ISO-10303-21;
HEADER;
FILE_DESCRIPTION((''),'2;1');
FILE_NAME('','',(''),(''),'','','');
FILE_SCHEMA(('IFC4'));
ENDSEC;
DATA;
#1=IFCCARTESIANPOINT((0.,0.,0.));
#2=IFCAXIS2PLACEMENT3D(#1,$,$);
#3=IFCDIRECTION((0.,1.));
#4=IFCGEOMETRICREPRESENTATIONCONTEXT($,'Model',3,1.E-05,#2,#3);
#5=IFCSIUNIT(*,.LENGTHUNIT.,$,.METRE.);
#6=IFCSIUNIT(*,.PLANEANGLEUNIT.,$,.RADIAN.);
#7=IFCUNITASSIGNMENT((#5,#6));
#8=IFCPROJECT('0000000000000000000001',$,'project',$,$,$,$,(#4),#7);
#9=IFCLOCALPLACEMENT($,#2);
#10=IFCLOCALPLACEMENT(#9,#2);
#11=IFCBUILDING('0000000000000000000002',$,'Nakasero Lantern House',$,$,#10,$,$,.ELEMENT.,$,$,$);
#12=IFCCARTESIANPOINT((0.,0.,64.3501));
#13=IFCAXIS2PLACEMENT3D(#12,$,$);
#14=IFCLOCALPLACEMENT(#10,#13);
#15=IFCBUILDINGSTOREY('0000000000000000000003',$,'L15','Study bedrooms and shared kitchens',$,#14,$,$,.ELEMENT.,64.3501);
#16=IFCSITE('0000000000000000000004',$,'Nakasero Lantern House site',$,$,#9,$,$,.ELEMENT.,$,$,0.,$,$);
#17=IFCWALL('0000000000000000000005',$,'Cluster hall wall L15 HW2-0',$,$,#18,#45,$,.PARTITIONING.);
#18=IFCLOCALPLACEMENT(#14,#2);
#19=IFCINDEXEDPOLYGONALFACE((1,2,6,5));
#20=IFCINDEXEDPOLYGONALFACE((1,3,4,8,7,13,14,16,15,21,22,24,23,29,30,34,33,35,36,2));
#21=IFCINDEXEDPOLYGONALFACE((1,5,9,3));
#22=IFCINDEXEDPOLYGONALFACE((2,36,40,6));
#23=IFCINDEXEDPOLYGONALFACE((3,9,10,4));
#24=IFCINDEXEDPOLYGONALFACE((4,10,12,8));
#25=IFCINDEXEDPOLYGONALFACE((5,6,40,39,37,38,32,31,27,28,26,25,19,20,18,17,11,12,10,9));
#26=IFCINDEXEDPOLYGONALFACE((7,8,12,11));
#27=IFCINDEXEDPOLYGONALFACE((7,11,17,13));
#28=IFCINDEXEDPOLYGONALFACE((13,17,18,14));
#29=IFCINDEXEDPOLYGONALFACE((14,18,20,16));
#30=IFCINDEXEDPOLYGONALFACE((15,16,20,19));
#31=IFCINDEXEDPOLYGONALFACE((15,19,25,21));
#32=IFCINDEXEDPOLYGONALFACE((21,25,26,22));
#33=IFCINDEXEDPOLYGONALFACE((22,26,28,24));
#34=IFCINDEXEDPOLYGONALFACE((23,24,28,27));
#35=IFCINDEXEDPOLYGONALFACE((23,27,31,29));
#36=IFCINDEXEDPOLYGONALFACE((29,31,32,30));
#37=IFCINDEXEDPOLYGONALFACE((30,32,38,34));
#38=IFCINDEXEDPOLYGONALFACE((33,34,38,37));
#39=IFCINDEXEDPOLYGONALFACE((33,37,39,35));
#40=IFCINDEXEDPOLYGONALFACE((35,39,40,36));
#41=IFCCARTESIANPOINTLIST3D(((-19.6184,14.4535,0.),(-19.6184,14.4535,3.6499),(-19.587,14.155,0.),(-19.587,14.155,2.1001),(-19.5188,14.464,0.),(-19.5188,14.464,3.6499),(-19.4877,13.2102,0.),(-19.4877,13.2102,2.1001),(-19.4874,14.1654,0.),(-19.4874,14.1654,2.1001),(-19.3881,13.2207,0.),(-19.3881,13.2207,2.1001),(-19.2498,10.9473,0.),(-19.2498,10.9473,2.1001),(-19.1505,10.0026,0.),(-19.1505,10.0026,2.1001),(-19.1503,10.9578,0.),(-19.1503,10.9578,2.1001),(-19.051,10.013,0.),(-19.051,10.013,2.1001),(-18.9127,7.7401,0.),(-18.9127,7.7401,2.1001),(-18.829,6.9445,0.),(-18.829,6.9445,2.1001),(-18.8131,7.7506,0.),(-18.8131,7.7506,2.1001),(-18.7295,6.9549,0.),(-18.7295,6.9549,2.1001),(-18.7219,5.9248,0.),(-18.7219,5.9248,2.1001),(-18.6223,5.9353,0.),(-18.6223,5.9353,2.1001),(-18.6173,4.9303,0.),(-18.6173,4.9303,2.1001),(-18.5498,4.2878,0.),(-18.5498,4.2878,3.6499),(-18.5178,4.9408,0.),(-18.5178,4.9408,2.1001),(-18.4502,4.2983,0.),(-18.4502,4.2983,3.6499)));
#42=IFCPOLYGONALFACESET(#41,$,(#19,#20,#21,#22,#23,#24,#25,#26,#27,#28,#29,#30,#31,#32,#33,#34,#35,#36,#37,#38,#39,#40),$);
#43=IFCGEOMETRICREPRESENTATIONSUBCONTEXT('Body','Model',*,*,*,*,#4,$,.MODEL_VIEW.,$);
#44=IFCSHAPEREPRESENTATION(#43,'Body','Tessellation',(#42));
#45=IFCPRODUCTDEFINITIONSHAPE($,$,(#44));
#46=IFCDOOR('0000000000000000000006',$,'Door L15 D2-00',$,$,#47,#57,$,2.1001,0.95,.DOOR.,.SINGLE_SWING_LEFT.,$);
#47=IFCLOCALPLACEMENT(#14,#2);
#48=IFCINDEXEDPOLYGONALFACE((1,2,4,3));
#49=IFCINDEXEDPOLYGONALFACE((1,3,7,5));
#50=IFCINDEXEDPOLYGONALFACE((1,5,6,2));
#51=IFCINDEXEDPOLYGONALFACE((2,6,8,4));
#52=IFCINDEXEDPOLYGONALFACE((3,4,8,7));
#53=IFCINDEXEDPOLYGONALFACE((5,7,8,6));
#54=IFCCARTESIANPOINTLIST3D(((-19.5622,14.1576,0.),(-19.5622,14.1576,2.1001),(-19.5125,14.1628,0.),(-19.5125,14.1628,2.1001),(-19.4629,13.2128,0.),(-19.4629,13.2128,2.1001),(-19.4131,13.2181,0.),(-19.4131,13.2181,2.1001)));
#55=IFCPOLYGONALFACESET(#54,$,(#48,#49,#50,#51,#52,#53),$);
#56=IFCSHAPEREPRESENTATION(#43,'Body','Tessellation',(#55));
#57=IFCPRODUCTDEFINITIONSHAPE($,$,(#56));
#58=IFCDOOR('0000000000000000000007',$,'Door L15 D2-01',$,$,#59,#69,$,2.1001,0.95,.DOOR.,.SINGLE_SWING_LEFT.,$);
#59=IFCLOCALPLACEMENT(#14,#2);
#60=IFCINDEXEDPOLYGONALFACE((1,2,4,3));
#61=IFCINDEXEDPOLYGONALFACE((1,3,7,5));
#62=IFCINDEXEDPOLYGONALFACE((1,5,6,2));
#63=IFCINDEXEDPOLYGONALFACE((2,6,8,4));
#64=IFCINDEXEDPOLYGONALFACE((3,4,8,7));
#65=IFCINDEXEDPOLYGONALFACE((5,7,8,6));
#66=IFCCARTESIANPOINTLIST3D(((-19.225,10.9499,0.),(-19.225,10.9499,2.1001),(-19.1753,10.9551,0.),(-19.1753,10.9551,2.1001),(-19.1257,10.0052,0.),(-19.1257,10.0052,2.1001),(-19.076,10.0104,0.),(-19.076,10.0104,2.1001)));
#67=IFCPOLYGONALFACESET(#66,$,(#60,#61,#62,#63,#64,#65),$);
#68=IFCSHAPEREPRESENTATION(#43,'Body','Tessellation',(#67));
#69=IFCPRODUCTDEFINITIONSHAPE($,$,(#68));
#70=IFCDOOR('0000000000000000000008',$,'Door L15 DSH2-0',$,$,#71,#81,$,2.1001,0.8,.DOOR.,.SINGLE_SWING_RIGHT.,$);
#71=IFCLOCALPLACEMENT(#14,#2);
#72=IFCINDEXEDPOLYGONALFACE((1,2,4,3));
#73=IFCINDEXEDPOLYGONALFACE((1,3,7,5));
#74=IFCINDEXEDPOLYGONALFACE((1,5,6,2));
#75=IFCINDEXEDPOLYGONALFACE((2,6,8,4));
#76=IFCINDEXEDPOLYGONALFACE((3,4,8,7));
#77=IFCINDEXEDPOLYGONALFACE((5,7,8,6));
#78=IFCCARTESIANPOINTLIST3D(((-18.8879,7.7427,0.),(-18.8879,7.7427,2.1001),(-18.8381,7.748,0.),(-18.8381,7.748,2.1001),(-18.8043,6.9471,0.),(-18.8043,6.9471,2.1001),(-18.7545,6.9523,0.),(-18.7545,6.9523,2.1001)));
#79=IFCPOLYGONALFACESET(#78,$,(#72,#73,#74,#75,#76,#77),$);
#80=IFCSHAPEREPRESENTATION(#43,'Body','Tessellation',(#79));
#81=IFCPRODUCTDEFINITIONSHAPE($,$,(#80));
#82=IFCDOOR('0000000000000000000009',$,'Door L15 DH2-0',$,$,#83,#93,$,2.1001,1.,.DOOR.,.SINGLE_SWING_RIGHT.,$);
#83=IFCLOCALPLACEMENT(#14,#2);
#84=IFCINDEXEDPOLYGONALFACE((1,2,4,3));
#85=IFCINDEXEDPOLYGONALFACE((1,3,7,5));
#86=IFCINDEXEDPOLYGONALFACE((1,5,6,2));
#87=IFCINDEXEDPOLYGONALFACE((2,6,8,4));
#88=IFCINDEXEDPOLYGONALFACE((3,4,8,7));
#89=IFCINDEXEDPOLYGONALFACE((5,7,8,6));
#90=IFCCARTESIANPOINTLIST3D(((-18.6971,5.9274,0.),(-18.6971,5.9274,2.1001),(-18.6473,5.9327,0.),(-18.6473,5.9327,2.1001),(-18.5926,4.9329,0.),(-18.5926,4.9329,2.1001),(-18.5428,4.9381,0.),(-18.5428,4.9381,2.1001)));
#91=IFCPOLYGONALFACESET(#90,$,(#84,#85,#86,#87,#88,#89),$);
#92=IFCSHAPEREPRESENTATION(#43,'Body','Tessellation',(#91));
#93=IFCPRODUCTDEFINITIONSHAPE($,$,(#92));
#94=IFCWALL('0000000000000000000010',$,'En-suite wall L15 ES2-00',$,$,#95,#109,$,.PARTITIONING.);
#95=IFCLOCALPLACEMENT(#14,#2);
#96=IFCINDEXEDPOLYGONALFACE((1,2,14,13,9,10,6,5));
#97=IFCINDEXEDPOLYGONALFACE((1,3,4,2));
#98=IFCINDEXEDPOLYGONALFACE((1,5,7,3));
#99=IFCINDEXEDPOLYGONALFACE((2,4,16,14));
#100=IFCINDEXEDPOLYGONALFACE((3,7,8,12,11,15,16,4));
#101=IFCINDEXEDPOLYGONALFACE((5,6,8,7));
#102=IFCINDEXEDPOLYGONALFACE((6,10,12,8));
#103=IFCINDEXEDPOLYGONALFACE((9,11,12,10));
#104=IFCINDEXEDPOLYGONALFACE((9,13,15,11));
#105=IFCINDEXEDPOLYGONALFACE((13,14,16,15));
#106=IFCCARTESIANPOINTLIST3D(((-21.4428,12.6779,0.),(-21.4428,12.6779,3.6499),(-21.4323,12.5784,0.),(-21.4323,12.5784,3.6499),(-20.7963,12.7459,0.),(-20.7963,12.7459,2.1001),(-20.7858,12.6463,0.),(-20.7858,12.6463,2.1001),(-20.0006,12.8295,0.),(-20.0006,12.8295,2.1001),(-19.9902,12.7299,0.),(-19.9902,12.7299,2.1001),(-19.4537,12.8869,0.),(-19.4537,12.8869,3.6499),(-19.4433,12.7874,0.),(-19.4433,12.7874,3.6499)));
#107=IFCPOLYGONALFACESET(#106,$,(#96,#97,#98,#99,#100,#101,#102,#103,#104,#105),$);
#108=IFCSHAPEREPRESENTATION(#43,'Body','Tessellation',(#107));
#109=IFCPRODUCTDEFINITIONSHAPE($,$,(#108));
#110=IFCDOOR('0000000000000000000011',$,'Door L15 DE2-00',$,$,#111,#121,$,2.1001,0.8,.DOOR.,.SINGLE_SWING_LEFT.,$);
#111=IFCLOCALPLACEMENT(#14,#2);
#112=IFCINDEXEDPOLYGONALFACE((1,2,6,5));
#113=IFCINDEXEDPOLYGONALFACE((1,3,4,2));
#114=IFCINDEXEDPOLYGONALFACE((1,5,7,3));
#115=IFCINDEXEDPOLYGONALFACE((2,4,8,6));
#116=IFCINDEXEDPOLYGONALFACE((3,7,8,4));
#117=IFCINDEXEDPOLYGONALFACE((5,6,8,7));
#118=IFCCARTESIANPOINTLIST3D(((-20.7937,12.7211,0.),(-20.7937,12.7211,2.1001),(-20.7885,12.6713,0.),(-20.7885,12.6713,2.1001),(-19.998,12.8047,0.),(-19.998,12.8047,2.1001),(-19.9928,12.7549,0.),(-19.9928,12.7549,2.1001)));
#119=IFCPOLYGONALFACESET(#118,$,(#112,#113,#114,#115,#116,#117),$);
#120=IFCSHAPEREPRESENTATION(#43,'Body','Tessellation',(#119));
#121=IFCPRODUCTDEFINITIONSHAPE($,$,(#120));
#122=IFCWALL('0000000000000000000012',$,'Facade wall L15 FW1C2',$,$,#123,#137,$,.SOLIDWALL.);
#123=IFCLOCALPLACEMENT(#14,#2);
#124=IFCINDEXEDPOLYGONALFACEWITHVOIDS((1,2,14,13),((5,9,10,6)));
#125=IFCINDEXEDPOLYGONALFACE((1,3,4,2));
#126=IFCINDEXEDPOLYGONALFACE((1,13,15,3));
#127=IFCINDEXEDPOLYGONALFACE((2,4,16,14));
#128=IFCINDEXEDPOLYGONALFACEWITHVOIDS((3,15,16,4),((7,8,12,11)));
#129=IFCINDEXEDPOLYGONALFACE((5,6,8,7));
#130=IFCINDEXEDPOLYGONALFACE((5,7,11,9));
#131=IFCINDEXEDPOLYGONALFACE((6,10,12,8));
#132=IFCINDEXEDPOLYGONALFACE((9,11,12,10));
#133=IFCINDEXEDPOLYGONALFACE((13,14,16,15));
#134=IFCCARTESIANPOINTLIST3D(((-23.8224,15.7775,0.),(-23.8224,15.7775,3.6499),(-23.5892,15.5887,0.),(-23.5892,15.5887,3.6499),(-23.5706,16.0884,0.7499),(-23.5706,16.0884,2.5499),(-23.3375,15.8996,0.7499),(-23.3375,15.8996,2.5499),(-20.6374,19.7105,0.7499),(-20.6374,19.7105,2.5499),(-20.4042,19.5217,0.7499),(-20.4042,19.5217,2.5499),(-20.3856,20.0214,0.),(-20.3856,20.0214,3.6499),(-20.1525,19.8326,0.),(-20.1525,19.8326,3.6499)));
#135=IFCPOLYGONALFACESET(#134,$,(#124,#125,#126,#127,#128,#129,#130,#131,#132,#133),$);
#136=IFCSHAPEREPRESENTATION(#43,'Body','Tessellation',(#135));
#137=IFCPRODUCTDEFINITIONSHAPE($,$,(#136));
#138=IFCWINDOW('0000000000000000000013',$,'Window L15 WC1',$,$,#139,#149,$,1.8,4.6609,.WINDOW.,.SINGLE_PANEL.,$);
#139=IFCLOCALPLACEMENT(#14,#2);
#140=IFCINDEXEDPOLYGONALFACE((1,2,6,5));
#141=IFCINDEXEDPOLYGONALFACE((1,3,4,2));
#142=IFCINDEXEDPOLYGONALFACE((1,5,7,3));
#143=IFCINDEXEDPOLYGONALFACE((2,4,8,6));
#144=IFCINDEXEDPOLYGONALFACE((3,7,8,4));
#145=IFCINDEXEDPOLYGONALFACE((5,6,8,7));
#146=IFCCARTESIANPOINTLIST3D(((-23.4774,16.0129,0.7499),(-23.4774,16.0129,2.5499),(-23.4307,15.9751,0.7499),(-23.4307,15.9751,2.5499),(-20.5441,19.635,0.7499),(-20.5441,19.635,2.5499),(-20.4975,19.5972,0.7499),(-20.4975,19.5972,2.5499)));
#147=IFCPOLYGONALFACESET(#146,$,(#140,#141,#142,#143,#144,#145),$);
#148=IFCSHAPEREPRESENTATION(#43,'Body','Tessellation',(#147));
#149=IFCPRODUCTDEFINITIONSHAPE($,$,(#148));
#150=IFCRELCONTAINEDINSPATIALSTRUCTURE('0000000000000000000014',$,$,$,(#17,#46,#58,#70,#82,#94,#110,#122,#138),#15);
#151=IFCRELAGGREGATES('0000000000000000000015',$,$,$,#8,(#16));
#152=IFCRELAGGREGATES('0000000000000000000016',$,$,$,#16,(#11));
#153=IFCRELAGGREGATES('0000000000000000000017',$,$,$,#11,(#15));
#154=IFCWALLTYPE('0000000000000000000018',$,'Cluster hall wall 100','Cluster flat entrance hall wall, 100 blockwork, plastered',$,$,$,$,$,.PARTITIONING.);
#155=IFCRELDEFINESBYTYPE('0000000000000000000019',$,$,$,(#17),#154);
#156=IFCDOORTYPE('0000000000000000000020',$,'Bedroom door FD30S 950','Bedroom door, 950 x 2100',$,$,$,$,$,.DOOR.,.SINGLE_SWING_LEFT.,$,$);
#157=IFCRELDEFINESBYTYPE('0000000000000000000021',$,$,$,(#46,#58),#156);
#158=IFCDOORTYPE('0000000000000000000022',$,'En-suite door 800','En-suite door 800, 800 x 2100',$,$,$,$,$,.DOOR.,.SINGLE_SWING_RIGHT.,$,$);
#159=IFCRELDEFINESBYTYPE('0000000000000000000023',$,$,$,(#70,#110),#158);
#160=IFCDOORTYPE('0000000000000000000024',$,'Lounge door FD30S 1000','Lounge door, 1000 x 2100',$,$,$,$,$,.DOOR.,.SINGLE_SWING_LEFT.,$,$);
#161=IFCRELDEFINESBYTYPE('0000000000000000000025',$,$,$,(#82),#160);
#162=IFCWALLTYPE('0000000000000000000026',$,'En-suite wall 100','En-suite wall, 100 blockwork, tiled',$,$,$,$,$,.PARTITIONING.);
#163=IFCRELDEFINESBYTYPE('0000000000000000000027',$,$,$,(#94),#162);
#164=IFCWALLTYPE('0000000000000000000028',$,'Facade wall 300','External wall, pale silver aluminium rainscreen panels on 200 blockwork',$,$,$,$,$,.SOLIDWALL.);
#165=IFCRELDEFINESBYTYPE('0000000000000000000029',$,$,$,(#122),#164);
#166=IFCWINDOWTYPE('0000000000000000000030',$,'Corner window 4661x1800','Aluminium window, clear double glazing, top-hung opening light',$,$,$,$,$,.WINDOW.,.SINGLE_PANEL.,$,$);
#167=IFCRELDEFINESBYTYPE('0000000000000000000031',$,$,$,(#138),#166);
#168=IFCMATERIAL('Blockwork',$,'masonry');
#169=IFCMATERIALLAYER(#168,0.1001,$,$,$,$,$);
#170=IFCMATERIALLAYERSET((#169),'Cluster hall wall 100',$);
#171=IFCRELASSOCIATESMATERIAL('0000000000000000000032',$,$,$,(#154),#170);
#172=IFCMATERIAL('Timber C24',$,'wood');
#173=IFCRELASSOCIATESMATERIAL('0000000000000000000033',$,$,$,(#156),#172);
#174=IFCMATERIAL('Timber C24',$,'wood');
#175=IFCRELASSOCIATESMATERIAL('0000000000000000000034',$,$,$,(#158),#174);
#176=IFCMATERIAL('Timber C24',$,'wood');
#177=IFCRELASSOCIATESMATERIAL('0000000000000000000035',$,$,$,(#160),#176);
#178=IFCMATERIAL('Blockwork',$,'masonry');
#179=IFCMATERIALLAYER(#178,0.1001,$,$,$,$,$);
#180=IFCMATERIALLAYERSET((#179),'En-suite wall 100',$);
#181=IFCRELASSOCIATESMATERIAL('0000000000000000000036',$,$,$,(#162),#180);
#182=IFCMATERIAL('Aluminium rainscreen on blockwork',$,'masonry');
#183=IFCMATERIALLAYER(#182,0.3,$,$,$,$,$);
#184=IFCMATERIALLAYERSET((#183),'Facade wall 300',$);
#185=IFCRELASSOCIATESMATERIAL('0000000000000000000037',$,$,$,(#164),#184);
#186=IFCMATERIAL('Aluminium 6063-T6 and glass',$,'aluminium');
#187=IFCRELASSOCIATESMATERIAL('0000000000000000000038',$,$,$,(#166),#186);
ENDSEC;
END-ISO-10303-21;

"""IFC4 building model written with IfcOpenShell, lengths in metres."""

from ifc_helpers import new_model, si_unit, direction, frame, frame_2d, origin, place, context, subcontext, project, spatial, rectangle, extrude, material, layer, layer_set, type_object, element, fill, save


model = new_model("IFC4")

# Units and contexts
model_context = context("Model", 3, precision=1e-05, world=origin(), true_north=direction((0.0, 1.0)))
body_context = subcontext(model_context, "Body", "Model", "MODEL_VIEW")
ifc_project = project(units=[si_unit("LENGTHUNIT", "METRE"), si_unit("PLANEANGLEUNIT", "RADIAN")], contexts=[model_context])

# Site, building, storey
site_placement = place(None, origin())
site = spatial("IfcSite", under=ifc_project, at=site_placement, Name="Nakasero Lantern House site", CompositionType="ELEMENT", RefElevation=0.0)
building_placement = place(site_placement, origin())
building = spatial("IfcBuilding", under=site, at=building_placement, Name="Nakasero Lantern House", CompositionType="ELEMENT")
storey_placement = place(building_placement, frame((0.0, 0.0, 64.3501)))
storey = spatial("IfcBuildingStorey", under=building, at=storey_placement, Name="L15", Description="Study bedrooms and shared kitchens", CompositionType="ELEMENT", Elevation=64.3501)

# Wall, openings, doors
ifc_material_1 = material(Name="Blockwork", Category="masonry")
ifc_layer_1 = layer(ifc_material_1, 0.1001)
ifc_layer_set_1 = layer_set([ifc_layer_1], Name="Cluster hall wall 100")
wall_type_1 = type_object("IfcWallType", Name="Cluster hall wall 100", Description="Cluster flat entrance hall wall, 100 blockwork, plastered", PredefinedType="PARTITIONING", material=ifc_layer_set_1)
wall_1_placement = place(storey_placement, frame((-19.5686, 14.4587, 0.0), z_axis=(0.0, 0.0, 1.0), x_axis=(0.104542, -0.99452, 0.0)))
wall_1 = element("IfcWall", 1, at=wall_1_placement, inside=storey, type_object=wall_type_1, Name="Cluster hall wall L15 HW2-0", PredefinedType="PARTITIONING", context=body_context, shape_type="SweptSolid", body=[
    extrude(rectangle(XDim=10.2217, YDim=0.1001, at=frame_2d((5.1108, 0.0))), origin(), (0.0, 0.0, 1.0), 3.6499),
])
opening_1_placement = place(wall_1_placement, frame((8.5757, 0.0, 0.0)))
opening_1 = element("IfcOpeningElement", 2, at=opening_1_placement, cuts=wall_1, PredefinedType="OPENING", context=body_context, shape_type="SweptSolid", body=[
    extrude(rectangle(XDim=1.0, YDim=2.1001, at=frame_2d((0.5, 1.05))), frame((0.0, 0.0701, 0.0), z_axis=(0.0, -1.0, 0.0), x_axis=(1.0, 0.0, 0.0)), (0.0, 0.0, 1.0), 0.1401),
])
opening_2_placement = place(wall_1_placement, frame((6.7505, 0.0, 0.0)))
opening_2 = element("IfcOpeningElement", 3, at=opening_2_placement, cuts=wall_1, PredefinedType="OPENING", context=body_context, shape_type="SweptSolid", body=[
    extrude(rectangle(XDim=0.8, YDim=2.1001, at=frame_2d((0.3999, 1.05))), frame((0.0, 0.0701, 0.0), z_axis=(0.0, -1.0, 0.0), x_axis=(1.0, 0.0, 0.0)), (0.0, 0.0, 1.0), 0.1401),
])
opening_3_placement = place(wall_1_placement, frame((0.3, 0.0, 0.0)))
opening_3 = element("IfcOpeningElement", 4, at=opening_3_placement, cuts=wall_1, PredefinedType="OPENING", context=body_context, shape_type="SweptSolid", body=[
    extrude(rectangle(XDim=0.95, YDim=2.1001, at=frame_2d((0.4751, 1.05))), frame((0.0, 0.0701, 0.0), z_axis=(0.0, -1.0, 0.0), x_axis=(1.0, 0.0, 0.0)), (0.0, 0.0, 1.0), 0.1401),
])
opening_4_placement = place(wall_1_placement, frame((3.5254, 0.0, 0.0)))
opening_4 = element("IfcOpeningElement", 5, at=opening_4_placement, cuts=wall_1, PredefinedType="OPENING", context=body_context, shape_type="SweptSolid", body=[
    extrude(rectangle(XDim=0.95, YDim=2.1001, at=frame_2d((0.4751, 1.05))), frame((0.0, 0.0701, 0.0), z_axis=(0.0, -1.0, 0.0), x_axis=(1.0, 0.0, 0.0)), (0.0, 0.0, 1.0), 0.1401),
])
ifc_material_2 = material(Name="Timber C24", Category="wood")
door_type_1 = type_object("IfcDoorType", Name="Bedroom door FD30S 950", Description="Bedroom door, 950 x 2100", OperationType="SINGLE_SWING_LEFT", PredefinedType="DOOR", material=ifc_material_2)
door_1_placement = place(opening_3_placement, origin())
door_1 = element("IfcDoor", 6, at=door_1_placement, inside=storey, type_object=door_type_1, Name="Door L15 D2-00", OperationType="SINGLE_SWING_LEFT", OverallHeight=2.1001, OverallWidth=0.95, PredefinedType="DOOR", context=body_context, shape_type="SweptSolid", body=[
    extrude(rectangle(XDim=0.95, YDim=2.1001, at=frame_2d((0.4751, 1.05))), frame((0.0, 0.0249, 0.0), z_axis=(0.0, -1.0, 0.0), x_axis=(1.0, 0.0, 0.0)), (0.0, 0.0, 1.0), 0.05),
])
fill(opening_3, door_1)
door_2_placement = place(opening_4_placement, origin())
door_2 = element("IfcDoor", 7, at=door_2_placement, inside=storey, type_object=door_type_1, Name="Door L15 D2-01", OperationType="SINGLE_SWING_LEFT", OverallHeight=2.1001, OverallWidth=0.95, PredefinedType="DOOR", context=body_context, shape_type="SweptSolid", body=[
    extrude(rectangle(XDim=0.95, YDim=2.1001, at=frame_2d((0.4751, 1.05))), frame((0.0, 0.0249, 0.0), z_axis=(0.0, -1.0, 0.0), x_axis=(1.0, 0.0, 0.0)), (0.0, 0.0, 1.0), 0.05),
])
fill(opening_4, door_2)
ifc_material_3 = material(Name="Timber C24", Category="wood")
door_type_2 = type_object("IfcDoorType", Name="En-suite door 800", Description="En-suite door 800, 800 x 2100", OperationType="SINGLE_SWING_RIGHT", PredefinedType="DOOR", material=ifc_material_3)
door_3_placement = place(opening_2_placement, origin())
door_3 = element("IfcDoor", 8, at=door_3_placement, inside=storey, type_object=door_type_2, Name="Door L15 DSH2-0", OperationType="SINGLE_SWING_RIGHT", OverallHeight=2.1001, OverallWidth=0.8, PredefinedType="DOOR", context=body_context, shape_type="SweptSolid", body=[
    extrude(rectangle(XDim=0.8, YDim=2.1001, at=frame_2d((0.3999, 1.05))), frame((0.0, 0.0249, 0.0), z_axis=(0.0, -1.0, 0.0), x_axis=(1.0, 0.0, 0.0)), (0.0, 0.0, 1.0), 0.05),
])
fill(opening_2, door_3)
ifc_material_4 = material(Name="Timber C24", Category="wood")
door_type_3 = type_object("IfcDoorType", Name="Lounge door FD30S 1000", Description="Lounge door, 1000 x 2100", OperationType="SINGLE_SWING_LEFT", PredefinedType="DOOR", material=ifc_material_4)
door_4_placement = place(opening_1_placement, origin())
door_4 = element("IfcDoor", 9, at=door_4_placement, inside=storey, type_object=door_type_3, Name="Door L15 DH2-0", OperationType="SINGLE_SWING_RIGHT", OverallHeight=2.1001, OverallWidth=1.0, PredefinedType="DOOR", context=body_context, shape_type="SweptSolid", body=[
    extrude(rectangle(XDim=1.0, YDim=2.1001, at=frame_2d((0.5, 1.05))), frame((0.0, 0.0249, 0.0), z_axis=(0.0, -1.0, 0.0), x_axis=(1.0, 0.0, 0.0)), (0.0, 0.0, 1.0), 0.05),
])
fill(opening_1, door_4)

# Wall, opening, door
ifc_material_5 = material(Name="Blockwork", Category="masonry")
ifc_layer_2 = layer(ifc_material_5, 0.1001)
ifc_layer_set_2 = layer_set([ifc_layer_2], Name="En-suite wall 100")
wall_type_2 = type_object("IfcWallType", Name="En-suite wall 100", Description="En-suite wall, 100 blockwork, tiled", PredefinedType="PARTITIONING", material=ifc_layer_set_2)
wall_2_placement = place(storey_placement, frame((-19.4485, 12.8372, 0.0), z_axis=(0.0, 0.0, 1.0), x_axis=(-0.994526, -0.104494, 0.0)))
wall_2 = element("IfcWall", 10, at=wall_2_placement, inside=storey, type_object=wall_type_2, Name="En-suite wall L15 ES2-00", PredefinedType="PARTITIONING", context=body_context, shape_type="SweptSolid", body=[
    extrude(rectangle(XDim=2.0, YDim=0.1001, at=frame_2d((1.0, 0.0))), origin(), (0.0, 0.0, 1.0), 3.6499),
])
opening_5_placement = place(wall_2_placement, frame((0.55, 0.0, 0.0)))
opening_5 = element("IfcOpeningElement", 11, at=opening_5_placement, cuts=wall_2, PredefinedType="OPENING", context=body_context, shape_type="SweptSolid", body=[
    extrude(rectangle(XDim=0.8, YDim=2.1001, at=frame_2d((0.3999, 1.05))), frame((0.0, 0.0701, 0.0), z_axis=(0.0, -1.0, 0.0), x_axis=(1.0, 0.0, 0.0)), (0.0, 0.0, 1.0), 0.1401),
])
door_5_placement = place(opening_5_placement, origin())
door_5 = element("IfcDoor", 12, at=door_5_placement, inside=storey, type_object=door_type_2, Name="Door L15 DE2-00", OperationType="SINGLE_SWING_LEFT", OverallHeight=2.1001, OverallWidth=0.8, PredefinedType="DOOR", context=body_context, shape_type="SweptSolid", body=[
    extrude(rectangle(XDim=0.8, YDim=2.1001, at=frame_2d((0.3999, 1.05))), frame((0.0, 0.0249, 0.0), z_axis=(0.0, -1.0, 0.0), x_axis=(1.0, 0.0, 0.0)), (0.0, 0.0, 1.0), 0.05),
])
fill(opening_5, door_5)

# Wall, opening, window
ifc_material_6 = material(Name="Aluminium rainscreen on blockwork", Category="masonry")
ifc_layer_3 = layer(ifc_material_6, 0.3)
ifc_layer_set_3 = layer_set([ifc_layer_3], Name="Facade wall 300")
wall_type_3 = type_object("IfcWallType", Name="Facade wall 300", Description="External wall, pale silver aluminium rainscreen panels on 200 blockwork", PredefinedType="SOLIDWALL", material=ifc_layer_set_3)
wall_3_placement = place(storey_placement, frame((-20.269, 19.927, 0.0), z_axis=(0.0, 0.0, 1.0), x_axis=(-0.629335, -0.777135, 0.0)))
wall_3 = element("IfcWall", 13, at=wall_3_placement, inside=storey, type_object=wall_type_3, Name="Facade wall L15 FW1C2", PredefinedType="SOLIDWALL", context=body_context, shape_type="SweptSolid", body=[
    extrude(rectangle(XDim=5.4609, YDim=0.3, at=frame_2d((2.7305, 0.0))), origin(), (0.0, 0.0, 1.0), 3.6499),
])
opening_6_placement = place(wall_3_placement, frame((0.3999, 0.0, 0.75)))
opening_6 = element("IfcOpeningElement", 14, at=opening_6_placement, cuts=wall_3, PredefinedType="OPENING", context=body_context, shape_type="SweptSolid", body=[
    extrude(rectangle(XDim=4.6609, YDim=1.8, at=frame_2d((2.3306, 0.8999))), frame((0.0, 0.1699, 0.0), z_axis=(0.0, -1.0, 0.0), x_axis=(1.0, 0.0, 0.0)), (0.0, 0.0, 1.0), 0.3401),
])
ifc_material_7 = material(Name="Aluminium 6063-T6 and glass", Category="aluminium")
window_type_1 = type_object("IfcWindowType", Name="Corner window 4661x1800", Description="Aluminium window, clear double glazing, top-hung opening light", PartitioningType="SINGLE_PANEL", PredefinedType="WINDOW", material=ifc_material_7)
window_1_placement = place(opening_6_placement, origin())
window_1 = element("IfcWindow", 15, at=window_1_placement, inside=storey, type_object=window_type_1, Name="Window L15 WC1", OverallHeight=1.8, OverallWidth=4.6609, PartitioningType="SINGLE_PANEL", PredefinedType="WINDOW", context=body_context, shape_type="SweptSolid", body=[
    extrude(rectangle(XDim=4.6609, YDim=1.8, at=frame_2d((2.3306, 0.8999))), frame((0.0, 0.03, 0.0), z_axis=(0.0, -1.0, 0.0), x_axis=(1.0, 0.0, 0.0)), (0.0, 0.0, 1.0), 0.0601),
])
fill(opening_6, window_1)

save(model, "model.ifc")
